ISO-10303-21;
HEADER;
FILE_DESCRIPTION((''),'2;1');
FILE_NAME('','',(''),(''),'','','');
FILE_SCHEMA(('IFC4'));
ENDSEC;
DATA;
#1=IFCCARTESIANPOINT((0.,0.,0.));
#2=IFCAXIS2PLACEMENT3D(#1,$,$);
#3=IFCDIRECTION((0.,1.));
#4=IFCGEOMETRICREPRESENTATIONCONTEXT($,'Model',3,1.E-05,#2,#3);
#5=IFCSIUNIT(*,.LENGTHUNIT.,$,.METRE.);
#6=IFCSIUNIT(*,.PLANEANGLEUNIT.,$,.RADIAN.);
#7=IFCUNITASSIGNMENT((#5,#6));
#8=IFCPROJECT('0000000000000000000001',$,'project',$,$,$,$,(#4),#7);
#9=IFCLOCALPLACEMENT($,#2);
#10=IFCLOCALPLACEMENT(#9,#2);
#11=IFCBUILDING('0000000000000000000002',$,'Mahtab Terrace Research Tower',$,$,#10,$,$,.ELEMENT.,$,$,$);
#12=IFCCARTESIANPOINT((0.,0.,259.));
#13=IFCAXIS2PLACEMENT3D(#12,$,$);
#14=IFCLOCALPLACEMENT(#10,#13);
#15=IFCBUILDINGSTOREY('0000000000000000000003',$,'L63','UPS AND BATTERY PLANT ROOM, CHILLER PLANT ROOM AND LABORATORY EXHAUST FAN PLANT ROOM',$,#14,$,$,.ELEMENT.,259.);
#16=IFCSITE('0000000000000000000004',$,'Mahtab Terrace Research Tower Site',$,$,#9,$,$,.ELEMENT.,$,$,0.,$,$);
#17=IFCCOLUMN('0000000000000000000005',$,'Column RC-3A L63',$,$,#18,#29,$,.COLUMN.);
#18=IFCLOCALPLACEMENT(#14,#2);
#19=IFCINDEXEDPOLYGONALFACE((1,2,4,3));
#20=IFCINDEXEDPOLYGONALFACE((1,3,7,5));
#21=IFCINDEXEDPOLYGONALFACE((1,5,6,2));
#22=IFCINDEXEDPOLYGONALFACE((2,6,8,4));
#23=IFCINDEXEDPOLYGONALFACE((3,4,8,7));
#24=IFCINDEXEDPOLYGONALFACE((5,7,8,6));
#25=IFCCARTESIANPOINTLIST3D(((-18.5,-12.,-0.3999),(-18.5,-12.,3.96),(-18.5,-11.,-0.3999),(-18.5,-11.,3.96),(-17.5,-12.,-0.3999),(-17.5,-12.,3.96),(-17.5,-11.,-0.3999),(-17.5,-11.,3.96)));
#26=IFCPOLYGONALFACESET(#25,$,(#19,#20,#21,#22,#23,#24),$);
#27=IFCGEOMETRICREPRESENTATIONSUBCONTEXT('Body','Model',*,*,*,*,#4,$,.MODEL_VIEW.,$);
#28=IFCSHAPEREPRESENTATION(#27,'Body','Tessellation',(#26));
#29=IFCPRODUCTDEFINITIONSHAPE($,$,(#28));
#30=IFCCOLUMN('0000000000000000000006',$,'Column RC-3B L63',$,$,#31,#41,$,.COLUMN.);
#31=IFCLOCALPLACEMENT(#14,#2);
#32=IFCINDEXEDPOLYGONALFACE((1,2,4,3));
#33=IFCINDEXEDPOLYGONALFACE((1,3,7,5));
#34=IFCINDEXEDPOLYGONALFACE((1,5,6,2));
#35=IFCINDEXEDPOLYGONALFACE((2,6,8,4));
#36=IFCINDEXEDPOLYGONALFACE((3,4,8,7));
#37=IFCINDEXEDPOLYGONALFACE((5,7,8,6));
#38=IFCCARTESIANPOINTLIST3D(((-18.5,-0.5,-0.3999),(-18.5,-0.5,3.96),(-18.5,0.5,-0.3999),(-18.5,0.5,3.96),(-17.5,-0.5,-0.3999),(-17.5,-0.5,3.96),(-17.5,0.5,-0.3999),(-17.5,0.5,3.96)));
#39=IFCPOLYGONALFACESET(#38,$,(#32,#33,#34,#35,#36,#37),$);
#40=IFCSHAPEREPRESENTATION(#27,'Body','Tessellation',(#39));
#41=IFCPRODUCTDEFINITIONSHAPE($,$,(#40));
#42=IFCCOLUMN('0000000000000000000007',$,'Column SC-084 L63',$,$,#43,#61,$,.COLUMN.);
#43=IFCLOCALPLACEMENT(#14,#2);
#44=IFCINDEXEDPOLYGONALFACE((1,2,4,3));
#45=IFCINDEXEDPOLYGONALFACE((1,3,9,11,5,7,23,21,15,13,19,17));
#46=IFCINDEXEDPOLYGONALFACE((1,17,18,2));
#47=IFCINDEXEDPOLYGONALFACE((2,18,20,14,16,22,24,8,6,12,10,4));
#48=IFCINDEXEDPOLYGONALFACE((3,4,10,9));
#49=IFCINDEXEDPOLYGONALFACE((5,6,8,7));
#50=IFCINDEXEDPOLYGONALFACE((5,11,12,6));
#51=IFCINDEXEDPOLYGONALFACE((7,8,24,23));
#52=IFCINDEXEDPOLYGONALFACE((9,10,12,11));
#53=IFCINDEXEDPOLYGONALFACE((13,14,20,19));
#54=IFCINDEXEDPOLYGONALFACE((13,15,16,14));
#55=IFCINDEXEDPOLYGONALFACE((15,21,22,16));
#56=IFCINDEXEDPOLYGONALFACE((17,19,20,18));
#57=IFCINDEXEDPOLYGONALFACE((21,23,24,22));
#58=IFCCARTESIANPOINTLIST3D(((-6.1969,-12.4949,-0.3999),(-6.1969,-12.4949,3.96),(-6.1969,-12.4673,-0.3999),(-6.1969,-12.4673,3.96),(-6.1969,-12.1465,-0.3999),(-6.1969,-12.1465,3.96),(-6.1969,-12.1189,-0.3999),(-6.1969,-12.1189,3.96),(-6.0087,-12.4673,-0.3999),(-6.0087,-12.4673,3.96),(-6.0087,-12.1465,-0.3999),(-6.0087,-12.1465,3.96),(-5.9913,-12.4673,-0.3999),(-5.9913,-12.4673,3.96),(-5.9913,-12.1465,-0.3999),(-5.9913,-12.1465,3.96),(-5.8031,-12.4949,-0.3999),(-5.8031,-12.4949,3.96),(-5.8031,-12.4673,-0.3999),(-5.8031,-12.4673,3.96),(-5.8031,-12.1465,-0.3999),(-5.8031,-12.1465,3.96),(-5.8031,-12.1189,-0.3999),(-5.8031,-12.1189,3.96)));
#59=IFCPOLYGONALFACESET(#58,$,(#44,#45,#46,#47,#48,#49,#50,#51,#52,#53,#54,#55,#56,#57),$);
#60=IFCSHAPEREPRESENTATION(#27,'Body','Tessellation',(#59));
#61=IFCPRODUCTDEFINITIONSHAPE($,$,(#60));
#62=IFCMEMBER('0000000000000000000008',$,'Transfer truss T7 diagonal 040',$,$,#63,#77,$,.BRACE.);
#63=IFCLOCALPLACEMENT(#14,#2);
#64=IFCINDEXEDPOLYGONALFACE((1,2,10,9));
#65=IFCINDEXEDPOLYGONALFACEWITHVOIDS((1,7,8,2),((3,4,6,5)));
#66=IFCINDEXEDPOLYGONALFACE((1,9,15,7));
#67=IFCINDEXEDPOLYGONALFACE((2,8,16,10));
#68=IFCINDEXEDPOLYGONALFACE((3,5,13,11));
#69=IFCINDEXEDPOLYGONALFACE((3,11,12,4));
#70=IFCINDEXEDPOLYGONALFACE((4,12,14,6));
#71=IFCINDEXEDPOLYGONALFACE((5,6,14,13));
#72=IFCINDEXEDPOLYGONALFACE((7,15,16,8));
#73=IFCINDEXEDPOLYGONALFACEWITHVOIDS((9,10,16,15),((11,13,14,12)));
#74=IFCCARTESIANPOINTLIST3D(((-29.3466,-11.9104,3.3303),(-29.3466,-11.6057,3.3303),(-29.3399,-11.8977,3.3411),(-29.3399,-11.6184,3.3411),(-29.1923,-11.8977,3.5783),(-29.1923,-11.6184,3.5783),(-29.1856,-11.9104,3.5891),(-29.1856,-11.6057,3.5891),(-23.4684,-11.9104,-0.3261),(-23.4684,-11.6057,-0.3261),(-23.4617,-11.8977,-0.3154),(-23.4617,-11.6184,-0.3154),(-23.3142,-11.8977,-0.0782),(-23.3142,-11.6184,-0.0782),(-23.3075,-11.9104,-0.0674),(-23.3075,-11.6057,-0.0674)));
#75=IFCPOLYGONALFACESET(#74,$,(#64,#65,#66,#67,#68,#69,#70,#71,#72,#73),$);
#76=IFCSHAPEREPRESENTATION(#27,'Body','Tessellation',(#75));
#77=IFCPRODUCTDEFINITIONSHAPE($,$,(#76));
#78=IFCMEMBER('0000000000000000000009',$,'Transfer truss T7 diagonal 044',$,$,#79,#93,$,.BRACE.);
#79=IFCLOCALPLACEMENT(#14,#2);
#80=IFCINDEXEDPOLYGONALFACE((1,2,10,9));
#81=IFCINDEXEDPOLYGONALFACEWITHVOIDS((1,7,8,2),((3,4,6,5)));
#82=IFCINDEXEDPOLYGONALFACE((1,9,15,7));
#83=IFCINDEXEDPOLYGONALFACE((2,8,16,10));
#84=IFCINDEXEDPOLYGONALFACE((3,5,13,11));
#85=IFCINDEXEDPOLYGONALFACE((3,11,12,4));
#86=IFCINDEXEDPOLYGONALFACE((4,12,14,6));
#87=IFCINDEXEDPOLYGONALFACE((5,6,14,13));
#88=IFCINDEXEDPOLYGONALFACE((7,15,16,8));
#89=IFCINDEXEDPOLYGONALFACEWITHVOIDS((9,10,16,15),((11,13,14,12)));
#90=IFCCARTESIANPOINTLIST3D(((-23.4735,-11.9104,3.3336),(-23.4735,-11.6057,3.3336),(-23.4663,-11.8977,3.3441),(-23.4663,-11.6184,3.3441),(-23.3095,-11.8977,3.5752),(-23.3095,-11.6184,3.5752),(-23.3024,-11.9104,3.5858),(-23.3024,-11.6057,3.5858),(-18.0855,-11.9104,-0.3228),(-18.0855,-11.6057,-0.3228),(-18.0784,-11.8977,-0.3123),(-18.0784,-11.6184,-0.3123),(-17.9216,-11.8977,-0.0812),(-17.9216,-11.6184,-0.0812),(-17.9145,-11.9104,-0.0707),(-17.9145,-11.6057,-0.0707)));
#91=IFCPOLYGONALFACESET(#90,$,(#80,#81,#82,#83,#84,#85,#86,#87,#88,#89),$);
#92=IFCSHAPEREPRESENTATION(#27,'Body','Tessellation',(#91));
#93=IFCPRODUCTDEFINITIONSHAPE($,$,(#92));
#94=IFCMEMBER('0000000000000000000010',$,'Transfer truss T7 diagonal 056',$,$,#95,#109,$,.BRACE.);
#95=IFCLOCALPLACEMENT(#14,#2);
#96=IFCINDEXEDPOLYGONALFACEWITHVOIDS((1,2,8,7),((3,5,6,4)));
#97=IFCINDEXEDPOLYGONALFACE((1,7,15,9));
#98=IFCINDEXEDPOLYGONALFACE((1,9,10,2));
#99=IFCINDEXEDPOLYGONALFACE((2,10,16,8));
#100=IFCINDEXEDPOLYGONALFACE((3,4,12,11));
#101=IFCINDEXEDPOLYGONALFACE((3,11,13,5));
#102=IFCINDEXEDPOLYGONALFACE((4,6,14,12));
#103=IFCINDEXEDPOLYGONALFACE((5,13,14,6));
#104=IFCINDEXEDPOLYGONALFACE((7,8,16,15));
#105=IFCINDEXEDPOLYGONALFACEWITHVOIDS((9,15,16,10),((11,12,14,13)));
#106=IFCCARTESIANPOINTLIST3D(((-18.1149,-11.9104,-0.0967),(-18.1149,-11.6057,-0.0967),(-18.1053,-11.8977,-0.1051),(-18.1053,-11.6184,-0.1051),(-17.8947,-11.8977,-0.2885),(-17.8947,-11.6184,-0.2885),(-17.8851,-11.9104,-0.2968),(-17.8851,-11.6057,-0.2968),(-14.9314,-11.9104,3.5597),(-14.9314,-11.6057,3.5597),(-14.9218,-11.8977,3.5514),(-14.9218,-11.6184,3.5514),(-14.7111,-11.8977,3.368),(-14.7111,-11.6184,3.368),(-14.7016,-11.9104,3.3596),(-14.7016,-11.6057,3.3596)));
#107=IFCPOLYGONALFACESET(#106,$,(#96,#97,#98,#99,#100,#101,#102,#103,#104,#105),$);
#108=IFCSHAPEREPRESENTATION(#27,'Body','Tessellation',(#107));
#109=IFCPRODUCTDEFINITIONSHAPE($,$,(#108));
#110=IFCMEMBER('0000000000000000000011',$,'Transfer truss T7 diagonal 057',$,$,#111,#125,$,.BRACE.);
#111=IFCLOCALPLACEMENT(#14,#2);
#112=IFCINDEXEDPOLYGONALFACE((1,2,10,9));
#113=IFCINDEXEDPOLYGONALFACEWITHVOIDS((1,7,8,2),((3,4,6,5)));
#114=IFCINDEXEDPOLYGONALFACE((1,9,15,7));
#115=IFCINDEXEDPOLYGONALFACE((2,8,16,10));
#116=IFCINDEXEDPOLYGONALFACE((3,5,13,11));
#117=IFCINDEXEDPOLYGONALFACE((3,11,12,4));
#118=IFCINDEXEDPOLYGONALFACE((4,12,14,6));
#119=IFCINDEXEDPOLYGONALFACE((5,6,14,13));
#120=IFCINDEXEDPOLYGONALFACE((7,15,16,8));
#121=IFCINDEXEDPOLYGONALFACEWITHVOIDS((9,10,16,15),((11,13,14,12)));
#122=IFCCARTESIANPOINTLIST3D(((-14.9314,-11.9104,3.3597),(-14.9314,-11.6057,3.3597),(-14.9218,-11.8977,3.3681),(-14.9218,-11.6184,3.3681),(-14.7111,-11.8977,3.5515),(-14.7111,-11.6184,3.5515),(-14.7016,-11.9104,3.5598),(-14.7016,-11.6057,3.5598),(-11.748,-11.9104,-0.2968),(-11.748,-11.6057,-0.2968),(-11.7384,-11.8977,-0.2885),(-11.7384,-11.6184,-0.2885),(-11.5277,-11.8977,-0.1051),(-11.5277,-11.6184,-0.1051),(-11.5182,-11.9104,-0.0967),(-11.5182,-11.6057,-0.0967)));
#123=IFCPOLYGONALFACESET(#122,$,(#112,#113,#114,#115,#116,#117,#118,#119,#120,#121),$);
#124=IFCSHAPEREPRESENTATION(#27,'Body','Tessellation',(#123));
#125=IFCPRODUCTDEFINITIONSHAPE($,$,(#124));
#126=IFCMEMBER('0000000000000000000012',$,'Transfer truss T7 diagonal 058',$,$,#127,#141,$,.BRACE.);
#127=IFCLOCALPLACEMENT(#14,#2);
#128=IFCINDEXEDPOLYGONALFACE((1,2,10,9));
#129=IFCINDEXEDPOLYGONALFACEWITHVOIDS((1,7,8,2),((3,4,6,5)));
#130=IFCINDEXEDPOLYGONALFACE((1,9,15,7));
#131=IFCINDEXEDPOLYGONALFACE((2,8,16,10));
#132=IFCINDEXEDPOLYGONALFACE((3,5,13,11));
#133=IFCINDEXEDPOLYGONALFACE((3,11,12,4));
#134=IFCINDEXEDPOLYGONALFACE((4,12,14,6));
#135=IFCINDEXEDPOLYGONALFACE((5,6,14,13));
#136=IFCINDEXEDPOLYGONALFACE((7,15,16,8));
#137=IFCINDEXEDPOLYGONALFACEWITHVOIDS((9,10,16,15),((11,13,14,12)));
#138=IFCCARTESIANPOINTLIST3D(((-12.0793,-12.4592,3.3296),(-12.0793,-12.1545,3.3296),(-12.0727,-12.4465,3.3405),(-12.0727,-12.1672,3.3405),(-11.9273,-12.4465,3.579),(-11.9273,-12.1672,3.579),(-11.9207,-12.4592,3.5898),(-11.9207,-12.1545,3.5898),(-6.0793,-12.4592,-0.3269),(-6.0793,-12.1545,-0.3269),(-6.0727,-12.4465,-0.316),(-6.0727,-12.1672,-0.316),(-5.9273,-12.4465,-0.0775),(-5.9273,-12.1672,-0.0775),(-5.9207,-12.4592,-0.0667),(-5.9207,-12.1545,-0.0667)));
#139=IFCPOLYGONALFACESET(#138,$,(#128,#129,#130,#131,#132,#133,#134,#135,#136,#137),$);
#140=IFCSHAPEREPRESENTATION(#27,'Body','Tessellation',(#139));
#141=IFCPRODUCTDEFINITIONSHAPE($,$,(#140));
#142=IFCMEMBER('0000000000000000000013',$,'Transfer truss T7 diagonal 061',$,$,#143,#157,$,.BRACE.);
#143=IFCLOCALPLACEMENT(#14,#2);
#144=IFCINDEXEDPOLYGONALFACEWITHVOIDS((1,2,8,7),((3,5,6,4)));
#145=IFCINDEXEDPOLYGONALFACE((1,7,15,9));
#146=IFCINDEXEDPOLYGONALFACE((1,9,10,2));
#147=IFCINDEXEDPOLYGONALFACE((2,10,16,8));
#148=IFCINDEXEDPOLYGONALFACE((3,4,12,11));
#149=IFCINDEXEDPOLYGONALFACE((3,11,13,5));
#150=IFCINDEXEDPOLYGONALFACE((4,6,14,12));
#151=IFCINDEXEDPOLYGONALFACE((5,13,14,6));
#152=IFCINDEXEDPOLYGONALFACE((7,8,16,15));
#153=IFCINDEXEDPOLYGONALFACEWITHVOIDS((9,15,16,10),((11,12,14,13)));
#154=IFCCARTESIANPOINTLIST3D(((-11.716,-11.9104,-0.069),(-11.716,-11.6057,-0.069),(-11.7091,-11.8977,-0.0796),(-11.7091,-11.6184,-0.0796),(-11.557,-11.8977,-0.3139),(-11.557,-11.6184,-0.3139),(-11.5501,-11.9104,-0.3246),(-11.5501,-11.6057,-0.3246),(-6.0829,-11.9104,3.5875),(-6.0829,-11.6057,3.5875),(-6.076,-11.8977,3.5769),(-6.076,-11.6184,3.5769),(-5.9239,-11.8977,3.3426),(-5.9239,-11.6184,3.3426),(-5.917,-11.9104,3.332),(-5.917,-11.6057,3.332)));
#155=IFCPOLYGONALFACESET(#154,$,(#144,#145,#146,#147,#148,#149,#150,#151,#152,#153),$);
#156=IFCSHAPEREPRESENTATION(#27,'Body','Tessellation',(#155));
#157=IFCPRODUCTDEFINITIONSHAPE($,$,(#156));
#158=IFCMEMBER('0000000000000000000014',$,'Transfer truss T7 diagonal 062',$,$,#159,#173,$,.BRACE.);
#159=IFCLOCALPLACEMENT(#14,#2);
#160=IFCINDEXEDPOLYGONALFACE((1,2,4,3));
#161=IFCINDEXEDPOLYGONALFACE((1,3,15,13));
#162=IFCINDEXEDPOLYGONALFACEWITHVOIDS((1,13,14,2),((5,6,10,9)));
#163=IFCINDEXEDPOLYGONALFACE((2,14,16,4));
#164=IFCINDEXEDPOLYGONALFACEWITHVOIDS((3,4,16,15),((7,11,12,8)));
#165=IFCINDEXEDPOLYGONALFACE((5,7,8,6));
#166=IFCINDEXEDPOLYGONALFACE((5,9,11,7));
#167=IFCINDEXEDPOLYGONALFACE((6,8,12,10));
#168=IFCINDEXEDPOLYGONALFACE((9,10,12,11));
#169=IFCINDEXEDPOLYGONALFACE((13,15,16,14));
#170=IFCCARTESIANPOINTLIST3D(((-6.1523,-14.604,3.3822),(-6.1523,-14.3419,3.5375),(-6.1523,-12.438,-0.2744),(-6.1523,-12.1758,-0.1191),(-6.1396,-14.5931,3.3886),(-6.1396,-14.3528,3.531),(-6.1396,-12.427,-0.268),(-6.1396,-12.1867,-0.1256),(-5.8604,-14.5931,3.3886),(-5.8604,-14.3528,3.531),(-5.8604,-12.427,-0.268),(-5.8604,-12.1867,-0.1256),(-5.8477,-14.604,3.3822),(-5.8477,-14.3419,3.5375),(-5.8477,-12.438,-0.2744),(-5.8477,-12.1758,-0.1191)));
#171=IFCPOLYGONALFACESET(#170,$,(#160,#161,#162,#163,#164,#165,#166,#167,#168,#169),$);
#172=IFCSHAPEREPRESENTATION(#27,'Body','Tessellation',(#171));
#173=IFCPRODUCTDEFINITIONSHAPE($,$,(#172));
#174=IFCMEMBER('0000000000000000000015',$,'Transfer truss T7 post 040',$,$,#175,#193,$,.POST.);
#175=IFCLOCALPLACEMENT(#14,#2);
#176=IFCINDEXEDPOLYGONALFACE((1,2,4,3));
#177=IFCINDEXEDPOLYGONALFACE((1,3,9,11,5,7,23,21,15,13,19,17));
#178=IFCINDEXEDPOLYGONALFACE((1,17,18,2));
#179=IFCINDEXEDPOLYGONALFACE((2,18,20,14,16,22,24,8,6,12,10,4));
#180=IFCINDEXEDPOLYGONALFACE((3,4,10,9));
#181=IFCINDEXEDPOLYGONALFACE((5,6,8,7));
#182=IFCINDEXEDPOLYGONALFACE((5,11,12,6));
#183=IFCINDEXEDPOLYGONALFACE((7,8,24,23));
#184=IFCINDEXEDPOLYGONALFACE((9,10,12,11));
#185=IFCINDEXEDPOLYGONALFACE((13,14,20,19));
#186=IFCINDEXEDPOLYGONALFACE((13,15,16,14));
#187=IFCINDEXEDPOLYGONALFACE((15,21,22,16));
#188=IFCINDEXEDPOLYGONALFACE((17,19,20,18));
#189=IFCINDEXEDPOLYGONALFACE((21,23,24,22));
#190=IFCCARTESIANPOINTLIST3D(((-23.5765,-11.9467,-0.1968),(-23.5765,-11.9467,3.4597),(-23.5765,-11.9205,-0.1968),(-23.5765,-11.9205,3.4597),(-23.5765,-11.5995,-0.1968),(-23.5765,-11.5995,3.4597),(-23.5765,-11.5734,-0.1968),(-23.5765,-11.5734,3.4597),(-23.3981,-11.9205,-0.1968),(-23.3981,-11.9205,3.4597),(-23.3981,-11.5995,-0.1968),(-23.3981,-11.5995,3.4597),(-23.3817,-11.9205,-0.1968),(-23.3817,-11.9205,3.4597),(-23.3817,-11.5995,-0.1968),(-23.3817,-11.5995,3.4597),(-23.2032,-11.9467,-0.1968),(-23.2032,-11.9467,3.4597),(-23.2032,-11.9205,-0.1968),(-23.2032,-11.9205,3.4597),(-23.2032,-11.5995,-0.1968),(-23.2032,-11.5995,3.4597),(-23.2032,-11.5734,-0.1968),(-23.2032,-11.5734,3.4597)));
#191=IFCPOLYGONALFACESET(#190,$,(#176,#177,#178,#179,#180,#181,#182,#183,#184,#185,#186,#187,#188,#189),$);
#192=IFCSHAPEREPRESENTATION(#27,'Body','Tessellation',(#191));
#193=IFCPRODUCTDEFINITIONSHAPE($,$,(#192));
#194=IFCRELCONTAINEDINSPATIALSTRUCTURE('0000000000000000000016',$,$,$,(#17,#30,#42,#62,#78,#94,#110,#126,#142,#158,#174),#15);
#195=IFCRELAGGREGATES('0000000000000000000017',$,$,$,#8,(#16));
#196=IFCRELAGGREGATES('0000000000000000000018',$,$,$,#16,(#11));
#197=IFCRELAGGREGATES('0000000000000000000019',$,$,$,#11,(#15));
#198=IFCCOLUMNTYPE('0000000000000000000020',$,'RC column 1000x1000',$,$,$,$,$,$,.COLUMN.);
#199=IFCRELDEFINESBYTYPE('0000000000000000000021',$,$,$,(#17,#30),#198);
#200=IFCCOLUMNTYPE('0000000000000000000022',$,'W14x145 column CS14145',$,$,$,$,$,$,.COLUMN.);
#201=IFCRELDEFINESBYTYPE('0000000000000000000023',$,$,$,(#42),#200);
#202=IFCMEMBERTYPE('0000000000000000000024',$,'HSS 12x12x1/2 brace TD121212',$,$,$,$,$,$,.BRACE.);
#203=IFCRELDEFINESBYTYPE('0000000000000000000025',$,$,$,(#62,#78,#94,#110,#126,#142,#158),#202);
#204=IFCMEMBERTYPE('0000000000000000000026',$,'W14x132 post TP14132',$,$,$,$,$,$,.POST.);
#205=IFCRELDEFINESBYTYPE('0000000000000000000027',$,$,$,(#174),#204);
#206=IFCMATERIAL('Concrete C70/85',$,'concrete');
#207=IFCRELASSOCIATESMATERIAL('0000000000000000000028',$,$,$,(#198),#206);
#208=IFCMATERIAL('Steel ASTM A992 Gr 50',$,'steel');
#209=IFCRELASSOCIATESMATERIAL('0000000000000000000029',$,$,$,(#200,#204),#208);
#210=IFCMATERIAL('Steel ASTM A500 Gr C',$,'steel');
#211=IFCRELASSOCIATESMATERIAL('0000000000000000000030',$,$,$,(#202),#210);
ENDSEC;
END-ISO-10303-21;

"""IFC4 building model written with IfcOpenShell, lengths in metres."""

from ifc_helpers import new_model, si_unit, direction, frame, origin, origin_2d, place, context, subcontext, project, spatial, rectangle, hollow_rectangle, i_section, extrude, material, material_profile, profile_set, type_object, element, save


model = new_model("IFC4")

# Units and contexts
model_context = context("Model", 3, precision=1e-05, world=origin(), true_north=direction((0.0, 1.0)))
body_context = subcontext(model_context, "Body", "Model", "MODEL_VIEW")
ifc_project = project(units=[si_unit("LENGTHUNIT", "METRE"), si_unit("PLANEANGLEUNIT", "RADIAN")], contexts=[model_context])

# Site, building, storey
site_placement = place(None, origin())
site = spatial("IfcSite", under=ifc_project, at=site_placement, Name="Mahtab Terrace Research Tower Site", CompositionType="ELEMENT", RefElevation=0.0)
building_placement = place(site_placement, origin())
building = spatial("IfcBuilding", under=site, at=building_placement, Name="Mahtab Terrace Research Tower", CompositionType="ELEMENT")
storey_placement = place(building_placement, frame((0.0, 0.0, 259.0)))
storey = spatial("IfcBuildingStorey", under=building, at=storey_placement, Name="L63", Description="UPS AND BATTERY PLANT ROOM, CHILLER PLANT ROOM AND LABORATORY EXHAUST FAN PLANT ROOM", CompositionType="ELEMENT", Elevation=259.0)

# Columns
ifc_material_1 = material(Name="Concrete C70/85", Category="concrete")
ifc_material_profile_1 = material_profile(ifc_material_1, rectangle(XDim=1.0, YDim=1.0, at=origin_2d()), Name="RC column 1000x1000")
ifc_profile_set_1 = profile_set([ifc_material_profile_1], Name="Concrete C70/85")
column_type_1 = type_object("IfcColumnType", Name="RC column 1000x1000", PredefinedType="COLUMN", material=ifc_profile_set_1)
for number, where, z_axis, x_axis, name in (
    (1, (-18.0, -11.5, -0.3999), (0.0, 0.0, 1.0), (1.0, 0.0, 0.0), "Column RC-3A L63"),
    (2, (-18.0, 0.0, -0.3999), (0.0, 0.0, 1.0), (1.0, 0.0, 0.0), "Column RC-3B L63"),
):
    element("IfcColumn", number, at=place(storey_placement, frame(where, z_axis=z_axis, x_axis=x_axis)), inside=storey, type_object=column_type_1, Name=name, PredefinedType="COLUMN", context=body_context, shape_type="SweptSolid", body=[
        extrude(rectangle(XDim=1.0, YDim=1.0, at=origin_2d()), origin(), (0.0, 0.0, 1.0), 4.3599),
    ])
ifc_material_2 = material(Name="Steel ASTM A992 Gr 50", Category="steel")
ifc_material_profile_2 = material_profile(ifc_material_2, i_section(OverallWidth=0.3938, OverallDepth=0.376, WebThickness=0.0173, FlangeThickness=0.0276, at=origin_2d()), Name="W14X145")
ifc_profile_set_2 = profile_set([ifc_material_profile_2], Name="Steel ASTM A992 Gr 50")
column_type_2 = type_object("IfcColumnType", Name="W14x145 column CS14145", PredefinedType="COLUMN", material=ifc_profile_set_2)
column_placement = place(storey_placement, frame((-6.0, -12.3069, -0.3999), z_axis=(0.0, 0.0, 1.0), x_axis=(1.0, 0.0, 0.0)))
element("IfcColumn", 3, at=column_placement, inside=storey, type_object=column_type_2, Name="Column SC-084 L63", PredefinedType="COLUMN", context=body_context, shape_type="SweptSolid", body=[
    extrude(i_section(OverallWidth=0.3938, OverallDepth=0.376, WebThickness=0.0173, FlangeThickness=0.0276, at=origin_2d()), origin(), (0.0, 0.0, 1.0), 4.3599),
])

# Members
ifc_material_3 = material(Name="Steel ASTM A500 Gr C", Category="steel")
ifc_material_profile_3 = material_profile(ifc_material_3, hollow_rectangle(XDim=0.3047, YDim=0.3047, WallThickness=0.0127, at=origin_2d()), Name="HSS12X12X1/2")
ifc_profile_set_3 = profile_set([ifc_material_profile_3], Name="Steel ASTM A500 Gr C")
member_type_1 = type_object("IfcMemberType", Name="HSS 12x12x1/2 brace TD121212", PredefinedType="BRACE", material=ifc_profile_set_3)
member_1_placement = place(storey_placement, frame((-23.3879, -11.7581, -0.1968), z_axis=(-0.849124, 0.0, 0.528194), x_axis=(0.0, -1.0, 0.0)))
element("IfcMember", 4, at=member_1_placement, inside=storey, type_object=member_type_1, Name="Transfer truss T7 diagonal 040", PredefinedType="BRACE", context=body_context, shape_type="SweptSolid", body=[
    extrude(hollow_rectangle(XDim=0.3047, YDim=0.3047, WallThickness=0.0127, at=origin_2d()), origin(), (0.0, 0.0, 1.0), 6.9226),
])
member_2_placement = place(storey_placement, frame((-18.0, -11.7581, -0.1968), z_axis=(-0.827448, 0.0, 0.561543), x_axis=(0.0, -1.0, 0.0)))
element("IfcMember", 5, at=member_2_placement, inside=storey, type_object=member_type_1, Name="Transfer truss T7 diagonal 044", PredefinedType="BRACE", context=body_context, shape_type="SweptSolid", body=[
    extrude(hollow_rectangle(XDim=0.3047, YDim=0.3047, WallThickness=0.0127, at=origin_2d()), origin(), (0.0, 0.0, 1.0), 6.5115),
])
for number, where, z_axis, x_axis, name in (
    (6, (-18.0, -11.7581, -0.1968), (0.656652, 0.0, 0.754193), (0.0, 1.0, 0.0), "Transfer truss T7 diagonal 056"),
    (7, (-11.6331, -11.7581, -0.1968), (-0.656624, 0.0, 0.754218), (0.0, -1.0, 0.0), "Transfer truss T7 diagonal 057"),
):
    element("IfcMember", number, at=place(storey_placement, frame(where, z_axis=z_axis, x_axis=x_axis)), inside=storey, type_object=member_type_1, Name=name, PredefinedType="BRACE", context=body_context, shape_type="SweptSolid", body=[
        extrude(hollow_rectangle(XDim=0.3047, YDim=0.3047, WallThickness=0.0127, at=origin_2d()), origin(), (0.0, 0.0, 1.0), 4.8481),
    ])
member_3_placement = place(storey_placement, frame((-6.0, -12.3069, -0.1968), z_axis=(-0.853925, 0.0, 0.520396), x_axis=(0.0, -1.0, 0.0)))
element("IfcMember", 8, at=member_3_placement, inside=storey, type_object=member_type_1, Name="Transfer truss T7 diagonal 058", PredefinedType="BRACE", context=body_context, shape_type="SweptSolid", body=[
    extrude(hollow_rectangle(XDim=0.3047, YDim=0.3047, WallThickness=0.0127, at=origin_2d()), origin(), (0.0, 0.0, 1.0), 7.0264),
])
member_4_placement = place(storey_placement, frame((-11.6331, -11.7581, -0.1968), z_axis=(0.838783, 0.0, 0.544466), x_axis=(0.0, 1.0, 0.0)))
element("IfcMember", 9, at=member_4_placement, inside=storey, type_object=member_type_1, Name="Transfer truss T7 diagonal 061", PredefinedType="BRACE", context=body_context, shape_type="SweptSolid", body=[
    extrude(hollow_rectangle(XDim=0.3047, YDim=0.3047, WallThickness=0.0127, at=origin_2d()), origin(), (0.0, 0.0, 1.0), 6.7158),
])
member_5_placement = place(storey_placement, frame((-6.0, -12.3069, -0.1968), z_axis=(0.0, -0.509664, 0.860374), x_axis=(1.0, 0.0, 0.0)))
element("IfcMember", 10, at=member_5_placement, inside=storey, type_object=member_type_1, Name="Transfer truss T7 diagonal 062", PredefinedType="BRACE", context=body_context, shape_type="SweptSolid", body=[
    extrude(hollow_rectangle(XDim=0.3047, YDim=0.3047, WallThickness=0.0127, at=origin_2d()), origin(), (0.0, 0.0, 1.0), 4.25),
])
ifc_material_profile_4 = material_profile(ifc_material_2, i_section(OverallWidth=0.3733, OverallDepth=0.3733, WebThickness=0.0164, FlangeThickness=0.0261, at=origin_2d()), Name="W14X132")
ifc_profile_set_4 = profile_set([ifc_material_profile_4], Name="Steel ASTM A992 Gr 50")
member_type_2 = type_object("IfcMemberType", Name="W14x132 post TP14132", PredefinedType="POST", material=ifc_profile_set_4)
for number, where, z_axis, x_axis, name in (
    (11, (-23.3899, -11.76, -0.1968), (0.0, 0.0, 1.0), (1.0, 0.0, 0.0), "Transfer truss T7 post 040"),
):
    element("IfcMember", number, at=place(storey_placement, frame(where, z_axis=z_axis, x_axis=x_axis)), inside=storey, type_object=member_type_2, Name=name, PredefinedType="POST", context=body_context, shape_type="SweptSolid", body=[
        extrude(i_section(OverallWidth=0.3733, OverallDepth=0.3733, WebThickness=0.0164, FlangeThickness=0.0261, at=origin_2d()), origin(), (0.0, 0.0, 1.0), 3.6565),
    ])

save(model, "model.ifc")
